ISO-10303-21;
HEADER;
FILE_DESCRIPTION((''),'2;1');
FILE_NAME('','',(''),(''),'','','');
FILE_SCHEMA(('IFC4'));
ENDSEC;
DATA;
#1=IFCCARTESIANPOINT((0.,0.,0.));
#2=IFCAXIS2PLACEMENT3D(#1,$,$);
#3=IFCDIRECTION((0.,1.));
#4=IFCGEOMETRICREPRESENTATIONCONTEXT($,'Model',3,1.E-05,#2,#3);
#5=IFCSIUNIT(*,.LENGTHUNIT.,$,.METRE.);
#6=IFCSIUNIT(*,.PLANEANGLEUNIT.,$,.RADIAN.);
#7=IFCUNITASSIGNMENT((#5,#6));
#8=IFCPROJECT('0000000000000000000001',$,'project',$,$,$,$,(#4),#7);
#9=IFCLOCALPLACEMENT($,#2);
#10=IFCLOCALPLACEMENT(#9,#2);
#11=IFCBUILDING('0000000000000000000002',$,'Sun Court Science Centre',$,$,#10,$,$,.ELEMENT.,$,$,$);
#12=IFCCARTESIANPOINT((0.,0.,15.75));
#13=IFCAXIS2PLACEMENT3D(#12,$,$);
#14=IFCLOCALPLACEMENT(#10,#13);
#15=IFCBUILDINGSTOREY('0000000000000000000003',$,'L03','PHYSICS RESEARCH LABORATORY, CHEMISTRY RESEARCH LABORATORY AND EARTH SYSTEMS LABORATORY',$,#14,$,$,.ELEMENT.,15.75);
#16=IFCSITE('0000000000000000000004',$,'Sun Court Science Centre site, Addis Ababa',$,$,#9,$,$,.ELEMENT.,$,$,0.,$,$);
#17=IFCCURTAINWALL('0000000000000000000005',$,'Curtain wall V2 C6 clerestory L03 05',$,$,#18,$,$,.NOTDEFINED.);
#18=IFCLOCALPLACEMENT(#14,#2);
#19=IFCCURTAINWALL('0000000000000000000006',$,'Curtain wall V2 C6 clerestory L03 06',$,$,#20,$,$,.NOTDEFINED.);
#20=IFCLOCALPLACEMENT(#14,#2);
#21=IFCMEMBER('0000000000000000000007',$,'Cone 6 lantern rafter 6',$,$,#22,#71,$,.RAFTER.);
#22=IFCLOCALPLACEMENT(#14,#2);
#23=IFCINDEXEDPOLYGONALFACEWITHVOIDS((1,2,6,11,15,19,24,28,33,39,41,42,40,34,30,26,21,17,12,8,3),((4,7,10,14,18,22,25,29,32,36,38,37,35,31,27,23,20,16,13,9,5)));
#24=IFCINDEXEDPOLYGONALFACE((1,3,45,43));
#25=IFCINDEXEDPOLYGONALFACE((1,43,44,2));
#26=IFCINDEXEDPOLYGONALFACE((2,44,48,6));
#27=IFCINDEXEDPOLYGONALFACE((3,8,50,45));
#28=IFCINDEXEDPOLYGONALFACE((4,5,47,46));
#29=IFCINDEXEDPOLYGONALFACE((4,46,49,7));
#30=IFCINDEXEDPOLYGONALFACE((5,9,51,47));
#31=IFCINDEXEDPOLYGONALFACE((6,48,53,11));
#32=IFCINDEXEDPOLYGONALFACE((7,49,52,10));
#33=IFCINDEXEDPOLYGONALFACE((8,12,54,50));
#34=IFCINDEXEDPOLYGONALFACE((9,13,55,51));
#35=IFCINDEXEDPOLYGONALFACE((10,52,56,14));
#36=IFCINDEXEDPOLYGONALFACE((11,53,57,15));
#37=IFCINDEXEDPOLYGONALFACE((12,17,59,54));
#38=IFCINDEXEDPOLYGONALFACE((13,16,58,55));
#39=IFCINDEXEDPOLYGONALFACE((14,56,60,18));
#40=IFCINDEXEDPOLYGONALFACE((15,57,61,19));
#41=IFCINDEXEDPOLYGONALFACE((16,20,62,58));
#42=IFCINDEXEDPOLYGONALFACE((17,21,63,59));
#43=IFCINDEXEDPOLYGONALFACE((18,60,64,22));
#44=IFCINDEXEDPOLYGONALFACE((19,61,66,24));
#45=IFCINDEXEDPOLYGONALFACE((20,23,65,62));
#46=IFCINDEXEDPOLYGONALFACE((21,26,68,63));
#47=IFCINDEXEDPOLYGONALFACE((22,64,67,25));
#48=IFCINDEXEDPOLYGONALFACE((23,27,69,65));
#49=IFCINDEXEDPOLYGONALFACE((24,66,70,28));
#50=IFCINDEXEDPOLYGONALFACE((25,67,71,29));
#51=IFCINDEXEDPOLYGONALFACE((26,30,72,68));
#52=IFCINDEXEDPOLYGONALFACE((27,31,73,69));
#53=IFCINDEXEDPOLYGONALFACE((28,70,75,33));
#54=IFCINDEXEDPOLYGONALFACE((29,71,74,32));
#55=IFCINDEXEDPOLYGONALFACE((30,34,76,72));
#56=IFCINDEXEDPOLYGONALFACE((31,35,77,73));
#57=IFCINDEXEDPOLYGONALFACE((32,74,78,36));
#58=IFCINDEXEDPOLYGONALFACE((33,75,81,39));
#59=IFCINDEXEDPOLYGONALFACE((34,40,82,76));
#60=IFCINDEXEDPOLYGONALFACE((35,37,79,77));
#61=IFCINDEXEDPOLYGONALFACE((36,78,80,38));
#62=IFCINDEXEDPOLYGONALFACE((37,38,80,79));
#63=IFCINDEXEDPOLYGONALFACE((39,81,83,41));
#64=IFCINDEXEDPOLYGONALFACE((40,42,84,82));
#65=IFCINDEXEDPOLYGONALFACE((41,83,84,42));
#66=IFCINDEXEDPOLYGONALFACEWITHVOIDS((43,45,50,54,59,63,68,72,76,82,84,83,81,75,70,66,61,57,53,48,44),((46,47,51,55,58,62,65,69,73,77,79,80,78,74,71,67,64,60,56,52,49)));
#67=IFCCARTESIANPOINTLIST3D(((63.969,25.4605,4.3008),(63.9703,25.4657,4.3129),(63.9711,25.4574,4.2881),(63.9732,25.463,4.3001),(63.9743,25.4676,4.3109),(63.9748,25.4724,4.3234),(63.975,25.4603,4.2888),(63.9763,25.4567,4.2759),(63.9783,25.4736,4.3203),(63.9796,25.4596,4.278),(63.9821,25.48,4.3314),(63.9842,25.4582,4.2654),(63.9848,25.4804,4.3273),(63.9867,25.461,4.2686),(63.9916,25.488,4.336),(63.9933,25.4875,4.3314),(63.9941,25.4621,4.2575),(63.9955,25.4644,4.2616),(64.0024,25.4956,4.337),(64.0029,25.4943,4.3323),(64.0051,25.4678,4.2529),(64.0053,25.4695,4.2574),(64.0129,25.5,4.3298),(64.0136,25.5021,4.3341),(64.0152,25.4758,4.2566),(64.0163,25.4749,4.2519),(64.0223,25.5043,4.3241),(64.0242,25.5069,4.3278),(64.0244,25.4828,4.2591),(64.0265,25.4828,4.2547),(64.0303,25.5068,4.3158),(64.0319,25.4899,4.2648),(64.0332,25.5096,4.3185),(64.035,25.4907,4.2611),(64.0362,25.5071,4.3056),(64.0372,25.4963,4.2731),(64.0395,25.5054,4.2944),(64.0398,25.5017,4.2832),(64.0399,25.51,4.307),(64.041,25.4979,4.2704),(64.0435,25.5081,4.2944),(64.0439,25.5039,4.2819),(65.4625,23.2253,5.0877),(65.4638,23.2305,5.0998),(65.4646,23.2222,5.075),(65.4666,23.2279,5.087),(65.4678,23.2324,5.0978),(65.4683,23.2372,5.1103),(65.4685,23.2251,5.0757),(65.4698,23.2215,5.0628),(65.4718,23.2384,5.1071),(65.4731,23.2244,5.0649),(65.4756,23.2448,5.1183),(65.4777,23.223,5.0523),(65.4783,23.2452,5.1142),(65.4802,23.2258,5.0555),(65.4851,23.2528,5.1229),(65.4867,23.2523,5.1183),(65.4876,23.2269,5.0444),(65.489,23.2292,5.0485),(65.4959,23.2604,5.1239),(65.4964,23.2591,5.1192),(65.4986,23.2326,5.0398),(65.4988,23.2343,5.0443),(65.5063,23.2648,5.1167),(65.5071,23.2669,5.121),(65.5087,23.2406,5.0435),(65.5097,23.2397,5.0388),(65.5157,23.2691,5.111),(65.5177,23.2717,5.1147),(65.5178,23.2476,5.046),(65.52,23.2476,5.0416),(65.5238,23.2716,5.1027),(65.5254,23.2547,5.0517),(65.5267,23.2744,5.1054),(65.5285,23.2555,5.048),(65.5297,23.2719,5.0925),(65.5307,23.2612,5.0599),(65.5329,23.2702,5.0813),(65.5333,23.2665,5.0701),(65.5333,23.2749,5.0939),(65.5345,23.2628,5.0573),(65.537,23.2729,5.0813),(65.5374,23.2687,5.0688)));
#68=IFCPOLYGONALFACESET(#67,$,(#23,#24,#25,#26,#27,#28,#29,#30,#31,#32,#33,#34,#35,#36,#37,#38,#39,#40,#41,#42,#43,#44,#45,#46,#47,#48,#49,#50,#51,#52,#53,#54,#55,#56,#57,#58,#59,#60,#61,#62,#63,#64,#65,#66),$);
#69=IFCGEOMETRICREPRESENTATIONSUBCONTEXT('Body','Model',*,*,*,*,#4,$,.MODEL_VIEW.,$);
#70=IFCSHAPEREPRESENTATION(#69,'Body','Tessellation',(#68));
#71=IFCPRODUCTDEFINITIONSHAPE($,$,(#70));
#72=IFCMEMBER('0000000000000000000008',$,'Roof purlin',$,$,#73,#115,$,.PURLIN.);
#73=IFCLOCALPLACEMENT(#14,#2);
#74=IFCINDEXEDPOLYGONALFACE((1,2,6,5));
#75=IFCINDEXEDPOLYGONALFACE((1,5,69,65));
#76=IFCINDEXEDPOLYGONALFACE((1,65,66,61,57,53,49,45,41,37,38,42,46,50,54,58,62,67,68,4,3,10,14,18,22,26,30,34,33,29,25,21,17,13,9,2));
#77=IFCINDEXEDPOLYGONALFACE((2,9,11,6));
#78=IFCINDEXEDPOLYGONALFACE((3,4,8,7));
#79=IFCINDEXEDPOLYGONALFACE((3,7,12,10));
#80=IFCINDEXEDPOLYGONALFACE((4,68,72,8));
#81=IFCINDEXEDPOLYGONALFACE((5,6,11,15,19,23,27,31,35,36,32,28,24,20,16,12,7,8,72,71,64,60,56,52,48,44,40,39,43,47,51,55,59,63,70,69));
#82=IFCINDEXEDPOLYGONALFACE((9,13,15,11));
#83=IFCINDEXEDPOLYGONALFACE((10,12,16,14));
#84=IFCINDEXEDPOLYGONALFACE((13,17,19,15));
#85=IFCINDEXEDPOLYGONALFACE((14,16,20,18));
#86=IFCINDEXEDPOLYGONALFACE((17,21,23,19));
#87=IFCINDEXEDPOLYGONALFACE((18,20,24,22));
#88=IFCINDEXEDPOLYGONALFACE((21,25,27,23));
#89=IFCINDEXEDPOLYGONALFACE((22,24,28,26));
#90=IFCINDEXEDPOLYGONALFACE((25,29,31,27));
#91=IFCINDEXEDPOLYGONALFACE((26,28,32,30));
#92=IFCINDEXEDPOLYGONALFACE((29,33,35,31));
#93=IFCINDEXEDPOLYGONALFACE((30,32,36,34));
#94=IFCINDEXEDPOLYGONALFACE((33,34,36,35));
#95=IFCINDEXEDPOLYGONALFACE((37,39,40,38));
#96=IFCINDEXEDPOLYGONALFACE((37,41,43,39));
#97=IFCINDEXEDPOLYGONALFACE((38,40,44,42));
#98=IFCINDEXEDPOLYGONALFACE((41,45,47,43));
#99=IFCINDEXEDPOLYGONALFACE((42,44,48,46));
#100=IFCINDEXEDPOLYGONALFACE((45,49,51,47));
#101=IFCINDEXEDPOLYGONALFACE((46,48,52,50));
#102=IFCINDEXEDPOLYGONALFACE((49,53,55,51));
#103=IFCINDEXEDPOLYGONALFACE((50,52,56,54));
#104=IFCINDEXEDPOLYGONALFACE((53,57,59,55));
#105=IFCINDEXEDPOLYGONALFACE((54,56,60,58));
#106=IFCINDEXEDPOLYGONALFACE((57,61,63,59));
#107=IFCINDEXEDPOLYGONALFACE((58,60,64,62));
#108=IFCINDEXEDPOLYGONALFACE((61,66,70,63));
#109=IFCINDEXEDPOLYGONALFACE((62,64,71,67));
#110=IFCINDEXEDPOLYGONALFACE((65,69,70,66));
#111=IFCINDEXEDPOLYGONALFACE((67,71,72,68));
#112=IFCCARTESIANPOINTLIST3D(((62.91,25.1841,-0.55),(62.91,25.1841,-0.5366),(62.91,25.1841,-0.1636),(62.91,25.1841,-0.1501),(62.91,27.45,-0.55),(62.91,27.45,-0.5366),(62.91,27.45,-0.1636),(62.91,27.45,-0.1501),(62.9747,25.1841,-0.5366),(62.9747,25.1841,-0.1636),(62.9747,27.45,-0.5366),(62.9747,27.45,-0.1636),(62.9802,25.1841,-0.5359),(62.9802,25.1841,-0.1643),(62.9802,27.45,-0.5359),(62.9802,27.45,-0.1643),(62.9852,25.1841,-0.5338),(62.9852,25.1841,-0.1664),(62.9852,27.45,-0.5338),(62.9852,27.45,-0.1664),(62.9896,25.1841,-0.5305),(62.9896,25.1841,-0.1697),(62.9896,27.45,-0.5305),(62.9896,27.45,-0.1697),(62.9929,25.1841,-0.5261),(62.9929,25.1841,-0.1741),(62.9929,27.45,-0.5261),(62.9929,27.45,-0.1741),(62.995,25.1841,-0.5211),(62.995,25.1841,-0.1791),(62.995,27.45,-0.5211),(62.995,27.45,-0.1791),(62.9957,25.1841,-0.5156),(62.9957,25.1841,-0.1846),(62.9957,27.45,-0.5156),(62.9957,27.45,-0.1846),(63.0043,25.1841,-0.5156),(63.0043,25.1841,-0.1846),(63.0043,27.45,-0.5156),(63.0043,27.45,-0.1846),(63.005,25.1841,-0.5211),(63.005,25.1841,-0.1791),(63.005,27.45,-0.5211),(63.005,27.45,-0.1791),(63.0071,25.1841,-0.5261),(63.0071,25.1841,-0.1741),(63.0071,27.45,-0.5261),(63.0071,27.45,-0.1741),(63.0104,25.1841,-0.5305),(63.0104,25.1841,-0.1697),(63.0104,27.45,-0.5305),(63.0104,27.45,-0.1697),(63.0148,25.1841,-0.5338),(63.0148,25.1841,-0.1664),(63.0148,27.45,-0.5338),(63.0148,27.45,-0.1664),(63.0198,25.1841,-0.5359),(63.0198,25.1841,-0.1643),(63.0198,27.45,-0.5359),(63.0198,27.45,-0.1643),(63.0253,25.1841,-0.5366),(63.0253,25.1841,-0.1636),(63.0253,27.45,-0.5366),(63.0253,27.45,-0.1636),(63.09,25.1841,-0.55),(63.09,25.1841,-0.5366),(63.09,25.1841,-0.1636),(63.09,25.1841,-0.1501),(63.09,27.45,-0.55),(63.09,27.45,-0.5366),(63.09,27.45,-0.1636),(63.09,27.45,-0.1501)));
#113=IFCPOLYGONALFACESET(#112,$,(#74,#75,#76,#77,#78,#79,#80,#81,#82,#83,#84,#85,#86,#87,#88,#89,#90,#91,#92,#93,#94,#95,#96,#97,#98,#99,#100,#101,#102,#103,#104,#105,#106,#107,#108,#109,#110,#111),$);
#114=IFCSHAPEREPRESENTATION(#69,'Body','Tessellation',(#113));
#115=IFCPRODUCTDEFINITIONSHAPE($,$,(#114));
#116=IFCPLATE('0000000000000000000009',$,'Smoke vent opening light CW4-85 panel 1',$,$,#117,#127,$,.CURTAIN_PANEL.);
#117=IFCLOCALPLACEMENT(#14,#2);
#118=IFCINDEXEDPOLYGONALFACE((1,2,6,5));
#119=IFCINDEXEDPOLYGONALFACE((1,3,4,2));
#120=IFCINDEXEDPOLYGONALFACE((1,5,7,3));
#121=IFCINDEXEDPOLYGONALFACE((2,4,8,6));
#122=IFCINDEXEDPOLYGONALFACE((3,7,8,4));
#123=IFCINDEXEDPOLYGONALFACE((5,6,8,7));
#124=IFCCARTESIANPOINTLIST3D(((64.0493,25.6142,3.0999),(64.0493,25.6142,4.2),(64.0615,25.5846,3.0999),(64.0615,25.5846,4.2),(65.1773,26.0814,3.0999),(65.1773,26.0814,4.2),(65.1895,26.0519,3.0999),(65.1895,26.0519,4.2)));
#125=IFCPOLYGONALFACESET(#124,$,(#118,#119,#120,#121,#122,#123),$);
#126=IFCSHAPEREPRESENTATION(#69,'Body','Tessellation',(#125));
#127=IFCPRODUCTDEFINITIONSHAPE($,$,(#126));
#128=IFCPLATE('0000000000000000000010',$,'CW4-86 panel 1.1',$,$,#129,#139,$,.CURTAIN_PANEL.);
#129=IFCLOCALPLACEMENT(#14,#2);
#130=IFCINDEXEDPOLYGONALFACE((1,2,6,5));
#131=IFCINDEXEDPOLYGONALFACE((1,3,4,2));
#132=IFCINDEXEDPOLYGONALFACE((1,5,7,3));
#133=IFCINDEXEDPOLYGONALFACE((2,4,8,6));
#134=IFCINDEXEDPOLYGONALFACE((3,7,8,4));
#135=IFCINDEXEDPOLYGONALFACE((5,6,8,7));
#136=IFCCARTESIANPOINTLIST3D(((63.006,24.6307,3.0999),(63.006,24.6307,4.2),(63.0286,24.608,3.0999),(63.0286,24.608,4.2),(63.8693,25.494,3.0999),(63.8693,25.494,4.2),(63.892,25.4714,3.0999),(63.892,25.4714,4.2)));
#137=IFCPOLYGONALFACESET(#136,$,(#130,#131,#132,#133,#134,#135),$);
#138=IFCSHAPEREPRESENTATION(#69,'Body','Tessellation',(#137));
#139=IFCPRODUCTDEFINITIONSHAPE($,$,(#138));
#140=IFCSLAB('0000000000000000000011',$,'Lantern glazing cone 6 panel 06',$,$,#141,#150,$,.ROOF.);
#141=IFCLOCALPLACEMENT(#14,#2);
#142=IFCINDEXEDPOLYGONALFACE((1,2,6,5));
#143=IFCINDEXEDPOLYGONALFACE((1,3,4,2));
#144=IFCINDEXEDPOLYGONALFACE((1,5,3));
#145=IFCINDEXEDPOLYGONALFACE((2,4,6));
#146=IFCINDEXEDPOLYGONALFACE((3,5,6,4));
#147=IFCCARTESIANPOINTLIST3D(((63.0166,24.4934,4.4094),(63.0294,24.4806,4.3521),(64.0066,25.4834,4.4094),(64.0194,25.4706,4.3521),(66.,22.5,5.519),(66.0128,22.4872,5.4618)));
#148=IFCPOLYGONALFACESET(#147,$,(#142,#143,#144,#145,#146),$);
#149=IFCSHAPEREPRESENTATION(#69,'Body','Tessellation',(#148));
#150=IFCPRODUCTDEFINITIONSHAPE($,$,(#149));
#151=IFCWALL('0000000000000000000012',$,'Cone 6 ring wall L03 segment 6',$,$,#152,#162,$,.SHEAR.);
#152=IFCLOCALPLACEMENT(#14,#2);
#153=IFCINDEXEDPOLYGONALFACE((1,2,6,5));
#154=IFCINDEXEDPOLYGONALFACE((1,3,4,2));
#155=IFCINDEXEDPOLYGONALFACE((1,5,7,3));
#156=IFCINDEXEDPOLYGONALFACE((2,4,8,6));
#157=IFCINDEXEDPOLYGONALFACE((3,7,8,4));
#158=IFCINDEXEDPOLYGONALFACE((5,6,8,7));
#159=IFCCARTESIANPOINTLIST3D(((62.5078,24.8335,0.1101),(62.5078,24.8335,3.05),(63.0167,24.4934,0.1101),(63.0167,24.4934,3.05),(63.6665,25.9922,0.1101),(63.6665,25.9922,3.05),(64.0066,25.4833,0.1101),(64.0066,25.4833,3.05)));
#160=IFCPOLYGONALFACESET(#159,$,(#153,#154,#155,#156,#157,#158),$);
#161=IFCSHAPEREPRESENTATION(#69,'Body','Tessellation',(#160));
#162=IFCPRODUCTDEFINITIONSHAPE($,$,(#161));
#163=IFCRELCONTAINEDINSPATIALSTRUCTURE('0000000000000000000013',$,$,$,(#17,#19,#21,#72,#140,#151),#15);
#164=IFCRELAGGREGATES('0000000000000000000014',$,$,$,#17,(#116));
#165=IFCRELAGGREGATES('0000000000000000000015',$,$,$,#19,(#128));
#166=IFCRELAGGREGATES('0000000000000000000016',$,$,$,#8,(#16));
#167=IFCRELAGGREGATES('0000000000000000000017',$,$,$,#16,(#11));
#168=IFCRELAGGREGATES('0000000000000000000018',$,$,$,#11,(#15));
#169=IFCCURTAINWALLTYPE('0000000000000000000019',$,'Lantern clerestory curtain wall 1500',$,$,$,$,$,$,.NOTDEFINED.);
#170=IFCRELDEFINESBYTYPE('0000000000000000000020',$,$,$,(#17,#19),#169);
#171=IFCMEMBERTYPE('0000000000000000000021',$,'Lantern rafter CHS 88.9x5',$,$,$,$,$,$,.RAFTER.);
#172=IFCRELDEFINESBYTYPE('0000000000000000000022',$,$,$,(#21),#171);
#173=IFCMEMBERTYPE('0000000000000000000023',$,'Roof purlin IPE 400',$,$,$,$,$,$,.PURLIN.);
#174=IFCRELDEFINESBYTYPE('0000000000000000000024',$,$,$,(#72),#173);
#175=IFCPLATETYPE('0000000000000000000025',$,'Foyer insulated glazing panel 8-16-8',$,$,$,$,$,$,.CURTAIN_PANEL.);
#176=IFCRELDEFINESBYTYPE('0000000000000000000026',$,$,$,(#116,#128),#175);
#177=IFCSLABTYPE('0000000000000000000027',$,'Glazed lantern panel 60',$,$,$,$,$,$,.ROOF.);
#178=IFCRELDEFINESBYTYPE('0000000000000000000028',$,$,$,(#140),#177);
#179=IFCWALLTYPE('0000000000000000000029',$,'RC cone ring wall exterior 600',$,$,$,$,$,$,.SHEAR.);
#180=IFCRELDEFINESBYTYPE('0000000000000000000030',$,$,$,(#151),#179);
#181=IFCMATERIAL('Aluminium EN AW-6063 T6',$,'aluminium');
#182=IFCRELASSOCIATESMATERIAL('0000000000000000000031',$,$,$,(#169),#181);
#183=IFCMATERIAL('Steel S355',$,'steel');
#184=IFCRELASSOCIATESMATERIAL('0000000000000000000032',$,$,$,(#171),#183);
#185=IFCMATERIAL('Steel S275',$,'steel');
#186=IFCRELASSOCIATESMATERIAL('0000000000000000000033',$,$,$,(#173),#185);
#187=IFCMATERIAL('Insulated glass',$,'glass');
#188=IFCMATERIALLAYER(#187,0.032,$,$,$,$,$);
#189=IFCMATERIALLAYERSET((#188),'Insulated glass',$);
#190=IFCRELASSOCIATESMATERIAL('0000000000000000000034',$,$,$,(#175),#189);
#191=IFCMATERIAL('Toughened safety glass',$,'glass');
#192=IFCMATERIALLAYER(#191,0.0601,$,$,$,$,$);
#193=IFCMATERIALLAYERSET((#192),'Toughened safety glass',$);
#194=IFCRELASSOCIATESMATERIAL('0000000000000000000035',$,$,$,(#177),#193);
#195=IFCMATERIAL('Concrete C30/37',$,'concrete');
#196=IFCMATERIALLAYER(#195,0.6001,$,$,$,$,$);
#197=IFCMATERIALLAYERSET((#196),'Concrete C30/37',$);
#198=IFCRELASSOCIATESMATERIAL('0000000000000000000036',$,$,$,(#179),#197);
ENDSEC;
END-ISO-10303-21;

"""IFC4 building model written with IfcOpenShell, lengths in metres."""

from ifc_helpers import new_model, si_unit, direction, frame, origin, origin_2d, place, context, subcontext, project, spatial, polyline, rectangle, hollow_circle, i_section, outline, extrude, material, layer, layer_set, material_profile, profile_set, type_object, element, aggregate, save


model = new_model("IFC4")

# Units and contexts
model_context = context("Model", 3, precision=1e-05, world=origin(), true_north=direction((0.0, 1.0)))
body_context = subcontext(model_context, "Body", "Model", "MODEL_VIEW")
ifc_project = project(units=[si_unit("LENGTHUNIT", "METRE"), si_unit("PLANEANGLEUNIT", "RADIAN")], contexts=[model_context])

# Site, building, storey
site_placement = place(None, origin())
site = spatial("IfcSite", under=ifc_project, at=site_placement, Name="Sun Court Science Centre site, Addis Ababa", CompositionType="ELEMENT", RefElevation=0.0)
building_placement = place(site_placement, origin())
building = spatial("IfcBuilding", under=site, at=building_placement, Name="Sun Court Science Centre", CompositionType="ELEMENT")
storey_placement = place(building_placement, frame((0.0, 0.0, 15.75)))
storey = spatial("IfcBuildingStorey", under=building, at=storey_placement, Name="L03", Description="PHYSICS RESEARCH LABORATORY, CHEMISTRY RESEARCH LABORATORY AND EARTH SYSTEMS LABORATORY", CompositionType="ELEMENT", Elevation=15.75)

# Curtain walls
ifc_material_1 = material(Name="Aluminium EN AW-6063 T6", Category="aluminium")
curtain_wall_type = type_object("IfcCurtainWallType", Name="Lantern clerestory curtain wall 1500", PredefinedType="NOTDEFINED", material=ifc_material_1)
curtain_wall_1_placement = place(storey_placement, origin())
curtain_wall_1 = element("IfcCurtainWall", 1, at=curtain_wall_1_placement, inside=storey, type_object=curtain_wall_type, Name="Curtain wall V2 C6 clerestory L03 05", PredefinedType="NOTDEFINED")
curtain_wall_2_placement = place(storey_placement, origin())
curtain_wall_2 = element("IfcCurtainWall", 2, at=curtain_wall_2_placement, inside=storey, type_object=curtain_wall_type, Name="Curtain wall V2 C6 clerestory L03 06", PredefinedType="NOTDEFINED")

# Members
ifc_material_2 = material(Name="Steel S355", Category="steel")
ifc_material_profile_1 = material_profile(ifc_material_2, hollow_circle(Radius=0.0444, WallThickness=0.0049, at=origin_2d()), Name="CHS 88.9x5")
ifc_profile_set_1 = profile_set([ifc_material_profile_1], Name="Steel S355")
member_type_1 = type_object("IfcMemberType", Name="Lantern rafter CHS 88.9x5", PredefinedType="RAFTER", material=ifc_profile_set_1)
for number, where, z_axis, x_axis, name in (
    (3, (64.0066, 25.4834, 4.2944), (0.533186, -0.797992, 0.280931), (0.831477, 0.555559, 0.0), "Cone 6 lantern rafter 6"),
):
    element("IfcMember", number, at=place(storey_placement, frame(where, z_axis=z_axis, x_axis=x_axis)), inside=storey, type_object=member_type_1, Name=name, PredefinedType="RAFTER", context=body_context, shape_type="SweptSolid", body=[
        extrude(hollow_circle(Radius=0.0444, WallThickness=0.0049, at=origin_2d()), origin(), (0.0, 0.0, 1.0), 2.801),
    ])
ifc_material_3 = material(Name="Steel S275", Category="steel")
ifc_material_profile_2 = material_profile(ifc_material_3, i_section(OverallWidth=0.1799, OverallDepth=0.3999, WebThickness=0.0085, FlangeThickness=0.0134, FilletRadius=0.021, at=origin_2d()), Name="IPE 400")
ifc_profile_set_2 = profile_set([ifc_material_profile_2], Name="Steel S275")
member_type_2 = type_object("IfcMemberType", Name="Roof purlin IPE 400", PredefinedType="PURLIN", material=ifc_profile_set_2)
member_1_placement = place(storey_placement, frame((63.0, 25.1841, -0.3501), z_axis=(0.0, 1.0, 0.0), x_axis=(-1.0, 0.0, 0.0)))
element("IfcMember", 4, at=member_1_placement, inside=storey, type_object=member_type_2, Name="Roof purlin", PredefinedType="PURLIN", context=body_context, shape_type="SweptSolid", body=[
    extrude(i_section(OverallWidth=0.1799, OverallDepth=0.3999, WebThickness=0.0085, FlangeThickness=0.0134, FilletRadius=0.021, at=origin_2d()), origin(), (0.0, 0.0, 1.0), 2.2659),
])

# Plates
ifc_material_4 = material(Name="Insulated glass", Category="glass")
ifc_layer_1 = layer(ifc_material_4, 0.032)
ifc_layer_set_1 = layer_set([ifc_layer_1], Name="Insulated glass")
plate_type = type_object("IfcPlateType", Name="Foyer insulated glazing panel 8-16-8", PredefinedType="CURTAIN_PANEL", material=ifc_layer_set_1)
plate_1_placement = place(storey_placement, frame((64.6194, 25.833, 3.0999), z_axis=(0.0, 0.0, 1.0), x_axis=(0.92388, 0.382683, 0.0)))
plate_1 = element("IfcPlate", 5, at=plate_1_placement, type_object=plate_type, Name="Smoke vent opening light CW4-85 panel 1", PredefinedType="CURTAIN_PANEL", context=body_context, shape_type="SweptSolid", body=[
    extrude(rectangle(XDim=1.2209, YDim=0.032, at=origin_2d()), origin(), (0.0, 0.0, 1.0), 1.1001),
])
aggregate(curtain_wall_1, [plate_1])
plate_2_placement = place(storey_placement, frame((63.449, 25.051, 3.0999), z_axis=(0.0, 0.0, 1.0), x_axis=(0.707107, 0.707107, 0.0)))
plate_2 = element("IfcPlate", 6, at=plate_2_placement, type_object=plate_type, Name="CW4-86 panel 1.1", PredefinedType="CURTAIN_PANEL", context=body_context, shape_type="SweptSolid", body=[
    extrude(rectangle(XDim=1.2209, YDim=0.032, at=origin_2d()), origin(), (0.0, 0.0, 1.0), 1.1001),
])
aggregate(curtain_wall_2, [plate_2])

# Slab
ifc_material_5 = material(Name="Toughened safety glass", Category="glass")
ifc_layer_2 = layer(ifc_material_5, 0.0601)
ifc_layer_set_2 = layer_set([ifc_layer_2], Name="Toughened safety glass")
slab_type = type_object("IfcSlabType", Name="Glazed lantern panel 60", PredefinedType="ROOF", material=ifc_layer_set_2)
slab_placement = place(storey_placement, frame((64.0066, 25.4834, 4.4094), z_axis=(-0.212638, 0.212638, 0.953714), x_axis=(-0.707107, -0.707107, 0.0)))
element("IfcSlab", 7, at=slab_placement, inside=storey, type_object=slab_type, Name="Lantern glazing cone 6 panel 06", PredefinedType="ROOF", context=body_context, shape_type="SweptSolid", body=[
    extrude(outline(polyline([(0.0, 0.0), (1.4001, 0.0), (0.7, 3.6899), (0.0, 0.0)])), origin(), (0.0, 0.0, -1.0), 0.0601),
])

# Wall
ifc_material_6 = material(Name="Concrete C30/37", Category="concrete")
ifc_layer_3 = layer(ifc_material_6, 0.6001)
ifc_layer_set_3 = layer_set([ifc_layer_3], Name="Concrete C30/37")
wall_type = type_object("IfcWallType", Name="RC cone ring wall exterior 600", PredefinedType="SHEAR", material=ifc_layer_set_3)
wall_1_placement = place(storey_placement, frame((63.8787, 25.78, 0.1101), z_axis=(0.0, 0.0, 1.0), x_axis=(-0.707107, -0.707107, 0.0)))
element("IfcWall", 8, at=wall_1_placement, inside=storey, type_object=wall_type, Name="Cone 6 ring wall L03 segment 6", PredefinedType="SHEAR", context=body_context, shape_type="SweptSolid", body=[
    extrude(outline(polyline([(0.0, -0.3), (1.6387, -0.3), (1.5193, 0.3003), (0.1194, 0.3003), (0.0, -0.3)])), origin(), (0.0, 0.0, 1.0), 2.9399),
])

save(model, "model.ifc")
